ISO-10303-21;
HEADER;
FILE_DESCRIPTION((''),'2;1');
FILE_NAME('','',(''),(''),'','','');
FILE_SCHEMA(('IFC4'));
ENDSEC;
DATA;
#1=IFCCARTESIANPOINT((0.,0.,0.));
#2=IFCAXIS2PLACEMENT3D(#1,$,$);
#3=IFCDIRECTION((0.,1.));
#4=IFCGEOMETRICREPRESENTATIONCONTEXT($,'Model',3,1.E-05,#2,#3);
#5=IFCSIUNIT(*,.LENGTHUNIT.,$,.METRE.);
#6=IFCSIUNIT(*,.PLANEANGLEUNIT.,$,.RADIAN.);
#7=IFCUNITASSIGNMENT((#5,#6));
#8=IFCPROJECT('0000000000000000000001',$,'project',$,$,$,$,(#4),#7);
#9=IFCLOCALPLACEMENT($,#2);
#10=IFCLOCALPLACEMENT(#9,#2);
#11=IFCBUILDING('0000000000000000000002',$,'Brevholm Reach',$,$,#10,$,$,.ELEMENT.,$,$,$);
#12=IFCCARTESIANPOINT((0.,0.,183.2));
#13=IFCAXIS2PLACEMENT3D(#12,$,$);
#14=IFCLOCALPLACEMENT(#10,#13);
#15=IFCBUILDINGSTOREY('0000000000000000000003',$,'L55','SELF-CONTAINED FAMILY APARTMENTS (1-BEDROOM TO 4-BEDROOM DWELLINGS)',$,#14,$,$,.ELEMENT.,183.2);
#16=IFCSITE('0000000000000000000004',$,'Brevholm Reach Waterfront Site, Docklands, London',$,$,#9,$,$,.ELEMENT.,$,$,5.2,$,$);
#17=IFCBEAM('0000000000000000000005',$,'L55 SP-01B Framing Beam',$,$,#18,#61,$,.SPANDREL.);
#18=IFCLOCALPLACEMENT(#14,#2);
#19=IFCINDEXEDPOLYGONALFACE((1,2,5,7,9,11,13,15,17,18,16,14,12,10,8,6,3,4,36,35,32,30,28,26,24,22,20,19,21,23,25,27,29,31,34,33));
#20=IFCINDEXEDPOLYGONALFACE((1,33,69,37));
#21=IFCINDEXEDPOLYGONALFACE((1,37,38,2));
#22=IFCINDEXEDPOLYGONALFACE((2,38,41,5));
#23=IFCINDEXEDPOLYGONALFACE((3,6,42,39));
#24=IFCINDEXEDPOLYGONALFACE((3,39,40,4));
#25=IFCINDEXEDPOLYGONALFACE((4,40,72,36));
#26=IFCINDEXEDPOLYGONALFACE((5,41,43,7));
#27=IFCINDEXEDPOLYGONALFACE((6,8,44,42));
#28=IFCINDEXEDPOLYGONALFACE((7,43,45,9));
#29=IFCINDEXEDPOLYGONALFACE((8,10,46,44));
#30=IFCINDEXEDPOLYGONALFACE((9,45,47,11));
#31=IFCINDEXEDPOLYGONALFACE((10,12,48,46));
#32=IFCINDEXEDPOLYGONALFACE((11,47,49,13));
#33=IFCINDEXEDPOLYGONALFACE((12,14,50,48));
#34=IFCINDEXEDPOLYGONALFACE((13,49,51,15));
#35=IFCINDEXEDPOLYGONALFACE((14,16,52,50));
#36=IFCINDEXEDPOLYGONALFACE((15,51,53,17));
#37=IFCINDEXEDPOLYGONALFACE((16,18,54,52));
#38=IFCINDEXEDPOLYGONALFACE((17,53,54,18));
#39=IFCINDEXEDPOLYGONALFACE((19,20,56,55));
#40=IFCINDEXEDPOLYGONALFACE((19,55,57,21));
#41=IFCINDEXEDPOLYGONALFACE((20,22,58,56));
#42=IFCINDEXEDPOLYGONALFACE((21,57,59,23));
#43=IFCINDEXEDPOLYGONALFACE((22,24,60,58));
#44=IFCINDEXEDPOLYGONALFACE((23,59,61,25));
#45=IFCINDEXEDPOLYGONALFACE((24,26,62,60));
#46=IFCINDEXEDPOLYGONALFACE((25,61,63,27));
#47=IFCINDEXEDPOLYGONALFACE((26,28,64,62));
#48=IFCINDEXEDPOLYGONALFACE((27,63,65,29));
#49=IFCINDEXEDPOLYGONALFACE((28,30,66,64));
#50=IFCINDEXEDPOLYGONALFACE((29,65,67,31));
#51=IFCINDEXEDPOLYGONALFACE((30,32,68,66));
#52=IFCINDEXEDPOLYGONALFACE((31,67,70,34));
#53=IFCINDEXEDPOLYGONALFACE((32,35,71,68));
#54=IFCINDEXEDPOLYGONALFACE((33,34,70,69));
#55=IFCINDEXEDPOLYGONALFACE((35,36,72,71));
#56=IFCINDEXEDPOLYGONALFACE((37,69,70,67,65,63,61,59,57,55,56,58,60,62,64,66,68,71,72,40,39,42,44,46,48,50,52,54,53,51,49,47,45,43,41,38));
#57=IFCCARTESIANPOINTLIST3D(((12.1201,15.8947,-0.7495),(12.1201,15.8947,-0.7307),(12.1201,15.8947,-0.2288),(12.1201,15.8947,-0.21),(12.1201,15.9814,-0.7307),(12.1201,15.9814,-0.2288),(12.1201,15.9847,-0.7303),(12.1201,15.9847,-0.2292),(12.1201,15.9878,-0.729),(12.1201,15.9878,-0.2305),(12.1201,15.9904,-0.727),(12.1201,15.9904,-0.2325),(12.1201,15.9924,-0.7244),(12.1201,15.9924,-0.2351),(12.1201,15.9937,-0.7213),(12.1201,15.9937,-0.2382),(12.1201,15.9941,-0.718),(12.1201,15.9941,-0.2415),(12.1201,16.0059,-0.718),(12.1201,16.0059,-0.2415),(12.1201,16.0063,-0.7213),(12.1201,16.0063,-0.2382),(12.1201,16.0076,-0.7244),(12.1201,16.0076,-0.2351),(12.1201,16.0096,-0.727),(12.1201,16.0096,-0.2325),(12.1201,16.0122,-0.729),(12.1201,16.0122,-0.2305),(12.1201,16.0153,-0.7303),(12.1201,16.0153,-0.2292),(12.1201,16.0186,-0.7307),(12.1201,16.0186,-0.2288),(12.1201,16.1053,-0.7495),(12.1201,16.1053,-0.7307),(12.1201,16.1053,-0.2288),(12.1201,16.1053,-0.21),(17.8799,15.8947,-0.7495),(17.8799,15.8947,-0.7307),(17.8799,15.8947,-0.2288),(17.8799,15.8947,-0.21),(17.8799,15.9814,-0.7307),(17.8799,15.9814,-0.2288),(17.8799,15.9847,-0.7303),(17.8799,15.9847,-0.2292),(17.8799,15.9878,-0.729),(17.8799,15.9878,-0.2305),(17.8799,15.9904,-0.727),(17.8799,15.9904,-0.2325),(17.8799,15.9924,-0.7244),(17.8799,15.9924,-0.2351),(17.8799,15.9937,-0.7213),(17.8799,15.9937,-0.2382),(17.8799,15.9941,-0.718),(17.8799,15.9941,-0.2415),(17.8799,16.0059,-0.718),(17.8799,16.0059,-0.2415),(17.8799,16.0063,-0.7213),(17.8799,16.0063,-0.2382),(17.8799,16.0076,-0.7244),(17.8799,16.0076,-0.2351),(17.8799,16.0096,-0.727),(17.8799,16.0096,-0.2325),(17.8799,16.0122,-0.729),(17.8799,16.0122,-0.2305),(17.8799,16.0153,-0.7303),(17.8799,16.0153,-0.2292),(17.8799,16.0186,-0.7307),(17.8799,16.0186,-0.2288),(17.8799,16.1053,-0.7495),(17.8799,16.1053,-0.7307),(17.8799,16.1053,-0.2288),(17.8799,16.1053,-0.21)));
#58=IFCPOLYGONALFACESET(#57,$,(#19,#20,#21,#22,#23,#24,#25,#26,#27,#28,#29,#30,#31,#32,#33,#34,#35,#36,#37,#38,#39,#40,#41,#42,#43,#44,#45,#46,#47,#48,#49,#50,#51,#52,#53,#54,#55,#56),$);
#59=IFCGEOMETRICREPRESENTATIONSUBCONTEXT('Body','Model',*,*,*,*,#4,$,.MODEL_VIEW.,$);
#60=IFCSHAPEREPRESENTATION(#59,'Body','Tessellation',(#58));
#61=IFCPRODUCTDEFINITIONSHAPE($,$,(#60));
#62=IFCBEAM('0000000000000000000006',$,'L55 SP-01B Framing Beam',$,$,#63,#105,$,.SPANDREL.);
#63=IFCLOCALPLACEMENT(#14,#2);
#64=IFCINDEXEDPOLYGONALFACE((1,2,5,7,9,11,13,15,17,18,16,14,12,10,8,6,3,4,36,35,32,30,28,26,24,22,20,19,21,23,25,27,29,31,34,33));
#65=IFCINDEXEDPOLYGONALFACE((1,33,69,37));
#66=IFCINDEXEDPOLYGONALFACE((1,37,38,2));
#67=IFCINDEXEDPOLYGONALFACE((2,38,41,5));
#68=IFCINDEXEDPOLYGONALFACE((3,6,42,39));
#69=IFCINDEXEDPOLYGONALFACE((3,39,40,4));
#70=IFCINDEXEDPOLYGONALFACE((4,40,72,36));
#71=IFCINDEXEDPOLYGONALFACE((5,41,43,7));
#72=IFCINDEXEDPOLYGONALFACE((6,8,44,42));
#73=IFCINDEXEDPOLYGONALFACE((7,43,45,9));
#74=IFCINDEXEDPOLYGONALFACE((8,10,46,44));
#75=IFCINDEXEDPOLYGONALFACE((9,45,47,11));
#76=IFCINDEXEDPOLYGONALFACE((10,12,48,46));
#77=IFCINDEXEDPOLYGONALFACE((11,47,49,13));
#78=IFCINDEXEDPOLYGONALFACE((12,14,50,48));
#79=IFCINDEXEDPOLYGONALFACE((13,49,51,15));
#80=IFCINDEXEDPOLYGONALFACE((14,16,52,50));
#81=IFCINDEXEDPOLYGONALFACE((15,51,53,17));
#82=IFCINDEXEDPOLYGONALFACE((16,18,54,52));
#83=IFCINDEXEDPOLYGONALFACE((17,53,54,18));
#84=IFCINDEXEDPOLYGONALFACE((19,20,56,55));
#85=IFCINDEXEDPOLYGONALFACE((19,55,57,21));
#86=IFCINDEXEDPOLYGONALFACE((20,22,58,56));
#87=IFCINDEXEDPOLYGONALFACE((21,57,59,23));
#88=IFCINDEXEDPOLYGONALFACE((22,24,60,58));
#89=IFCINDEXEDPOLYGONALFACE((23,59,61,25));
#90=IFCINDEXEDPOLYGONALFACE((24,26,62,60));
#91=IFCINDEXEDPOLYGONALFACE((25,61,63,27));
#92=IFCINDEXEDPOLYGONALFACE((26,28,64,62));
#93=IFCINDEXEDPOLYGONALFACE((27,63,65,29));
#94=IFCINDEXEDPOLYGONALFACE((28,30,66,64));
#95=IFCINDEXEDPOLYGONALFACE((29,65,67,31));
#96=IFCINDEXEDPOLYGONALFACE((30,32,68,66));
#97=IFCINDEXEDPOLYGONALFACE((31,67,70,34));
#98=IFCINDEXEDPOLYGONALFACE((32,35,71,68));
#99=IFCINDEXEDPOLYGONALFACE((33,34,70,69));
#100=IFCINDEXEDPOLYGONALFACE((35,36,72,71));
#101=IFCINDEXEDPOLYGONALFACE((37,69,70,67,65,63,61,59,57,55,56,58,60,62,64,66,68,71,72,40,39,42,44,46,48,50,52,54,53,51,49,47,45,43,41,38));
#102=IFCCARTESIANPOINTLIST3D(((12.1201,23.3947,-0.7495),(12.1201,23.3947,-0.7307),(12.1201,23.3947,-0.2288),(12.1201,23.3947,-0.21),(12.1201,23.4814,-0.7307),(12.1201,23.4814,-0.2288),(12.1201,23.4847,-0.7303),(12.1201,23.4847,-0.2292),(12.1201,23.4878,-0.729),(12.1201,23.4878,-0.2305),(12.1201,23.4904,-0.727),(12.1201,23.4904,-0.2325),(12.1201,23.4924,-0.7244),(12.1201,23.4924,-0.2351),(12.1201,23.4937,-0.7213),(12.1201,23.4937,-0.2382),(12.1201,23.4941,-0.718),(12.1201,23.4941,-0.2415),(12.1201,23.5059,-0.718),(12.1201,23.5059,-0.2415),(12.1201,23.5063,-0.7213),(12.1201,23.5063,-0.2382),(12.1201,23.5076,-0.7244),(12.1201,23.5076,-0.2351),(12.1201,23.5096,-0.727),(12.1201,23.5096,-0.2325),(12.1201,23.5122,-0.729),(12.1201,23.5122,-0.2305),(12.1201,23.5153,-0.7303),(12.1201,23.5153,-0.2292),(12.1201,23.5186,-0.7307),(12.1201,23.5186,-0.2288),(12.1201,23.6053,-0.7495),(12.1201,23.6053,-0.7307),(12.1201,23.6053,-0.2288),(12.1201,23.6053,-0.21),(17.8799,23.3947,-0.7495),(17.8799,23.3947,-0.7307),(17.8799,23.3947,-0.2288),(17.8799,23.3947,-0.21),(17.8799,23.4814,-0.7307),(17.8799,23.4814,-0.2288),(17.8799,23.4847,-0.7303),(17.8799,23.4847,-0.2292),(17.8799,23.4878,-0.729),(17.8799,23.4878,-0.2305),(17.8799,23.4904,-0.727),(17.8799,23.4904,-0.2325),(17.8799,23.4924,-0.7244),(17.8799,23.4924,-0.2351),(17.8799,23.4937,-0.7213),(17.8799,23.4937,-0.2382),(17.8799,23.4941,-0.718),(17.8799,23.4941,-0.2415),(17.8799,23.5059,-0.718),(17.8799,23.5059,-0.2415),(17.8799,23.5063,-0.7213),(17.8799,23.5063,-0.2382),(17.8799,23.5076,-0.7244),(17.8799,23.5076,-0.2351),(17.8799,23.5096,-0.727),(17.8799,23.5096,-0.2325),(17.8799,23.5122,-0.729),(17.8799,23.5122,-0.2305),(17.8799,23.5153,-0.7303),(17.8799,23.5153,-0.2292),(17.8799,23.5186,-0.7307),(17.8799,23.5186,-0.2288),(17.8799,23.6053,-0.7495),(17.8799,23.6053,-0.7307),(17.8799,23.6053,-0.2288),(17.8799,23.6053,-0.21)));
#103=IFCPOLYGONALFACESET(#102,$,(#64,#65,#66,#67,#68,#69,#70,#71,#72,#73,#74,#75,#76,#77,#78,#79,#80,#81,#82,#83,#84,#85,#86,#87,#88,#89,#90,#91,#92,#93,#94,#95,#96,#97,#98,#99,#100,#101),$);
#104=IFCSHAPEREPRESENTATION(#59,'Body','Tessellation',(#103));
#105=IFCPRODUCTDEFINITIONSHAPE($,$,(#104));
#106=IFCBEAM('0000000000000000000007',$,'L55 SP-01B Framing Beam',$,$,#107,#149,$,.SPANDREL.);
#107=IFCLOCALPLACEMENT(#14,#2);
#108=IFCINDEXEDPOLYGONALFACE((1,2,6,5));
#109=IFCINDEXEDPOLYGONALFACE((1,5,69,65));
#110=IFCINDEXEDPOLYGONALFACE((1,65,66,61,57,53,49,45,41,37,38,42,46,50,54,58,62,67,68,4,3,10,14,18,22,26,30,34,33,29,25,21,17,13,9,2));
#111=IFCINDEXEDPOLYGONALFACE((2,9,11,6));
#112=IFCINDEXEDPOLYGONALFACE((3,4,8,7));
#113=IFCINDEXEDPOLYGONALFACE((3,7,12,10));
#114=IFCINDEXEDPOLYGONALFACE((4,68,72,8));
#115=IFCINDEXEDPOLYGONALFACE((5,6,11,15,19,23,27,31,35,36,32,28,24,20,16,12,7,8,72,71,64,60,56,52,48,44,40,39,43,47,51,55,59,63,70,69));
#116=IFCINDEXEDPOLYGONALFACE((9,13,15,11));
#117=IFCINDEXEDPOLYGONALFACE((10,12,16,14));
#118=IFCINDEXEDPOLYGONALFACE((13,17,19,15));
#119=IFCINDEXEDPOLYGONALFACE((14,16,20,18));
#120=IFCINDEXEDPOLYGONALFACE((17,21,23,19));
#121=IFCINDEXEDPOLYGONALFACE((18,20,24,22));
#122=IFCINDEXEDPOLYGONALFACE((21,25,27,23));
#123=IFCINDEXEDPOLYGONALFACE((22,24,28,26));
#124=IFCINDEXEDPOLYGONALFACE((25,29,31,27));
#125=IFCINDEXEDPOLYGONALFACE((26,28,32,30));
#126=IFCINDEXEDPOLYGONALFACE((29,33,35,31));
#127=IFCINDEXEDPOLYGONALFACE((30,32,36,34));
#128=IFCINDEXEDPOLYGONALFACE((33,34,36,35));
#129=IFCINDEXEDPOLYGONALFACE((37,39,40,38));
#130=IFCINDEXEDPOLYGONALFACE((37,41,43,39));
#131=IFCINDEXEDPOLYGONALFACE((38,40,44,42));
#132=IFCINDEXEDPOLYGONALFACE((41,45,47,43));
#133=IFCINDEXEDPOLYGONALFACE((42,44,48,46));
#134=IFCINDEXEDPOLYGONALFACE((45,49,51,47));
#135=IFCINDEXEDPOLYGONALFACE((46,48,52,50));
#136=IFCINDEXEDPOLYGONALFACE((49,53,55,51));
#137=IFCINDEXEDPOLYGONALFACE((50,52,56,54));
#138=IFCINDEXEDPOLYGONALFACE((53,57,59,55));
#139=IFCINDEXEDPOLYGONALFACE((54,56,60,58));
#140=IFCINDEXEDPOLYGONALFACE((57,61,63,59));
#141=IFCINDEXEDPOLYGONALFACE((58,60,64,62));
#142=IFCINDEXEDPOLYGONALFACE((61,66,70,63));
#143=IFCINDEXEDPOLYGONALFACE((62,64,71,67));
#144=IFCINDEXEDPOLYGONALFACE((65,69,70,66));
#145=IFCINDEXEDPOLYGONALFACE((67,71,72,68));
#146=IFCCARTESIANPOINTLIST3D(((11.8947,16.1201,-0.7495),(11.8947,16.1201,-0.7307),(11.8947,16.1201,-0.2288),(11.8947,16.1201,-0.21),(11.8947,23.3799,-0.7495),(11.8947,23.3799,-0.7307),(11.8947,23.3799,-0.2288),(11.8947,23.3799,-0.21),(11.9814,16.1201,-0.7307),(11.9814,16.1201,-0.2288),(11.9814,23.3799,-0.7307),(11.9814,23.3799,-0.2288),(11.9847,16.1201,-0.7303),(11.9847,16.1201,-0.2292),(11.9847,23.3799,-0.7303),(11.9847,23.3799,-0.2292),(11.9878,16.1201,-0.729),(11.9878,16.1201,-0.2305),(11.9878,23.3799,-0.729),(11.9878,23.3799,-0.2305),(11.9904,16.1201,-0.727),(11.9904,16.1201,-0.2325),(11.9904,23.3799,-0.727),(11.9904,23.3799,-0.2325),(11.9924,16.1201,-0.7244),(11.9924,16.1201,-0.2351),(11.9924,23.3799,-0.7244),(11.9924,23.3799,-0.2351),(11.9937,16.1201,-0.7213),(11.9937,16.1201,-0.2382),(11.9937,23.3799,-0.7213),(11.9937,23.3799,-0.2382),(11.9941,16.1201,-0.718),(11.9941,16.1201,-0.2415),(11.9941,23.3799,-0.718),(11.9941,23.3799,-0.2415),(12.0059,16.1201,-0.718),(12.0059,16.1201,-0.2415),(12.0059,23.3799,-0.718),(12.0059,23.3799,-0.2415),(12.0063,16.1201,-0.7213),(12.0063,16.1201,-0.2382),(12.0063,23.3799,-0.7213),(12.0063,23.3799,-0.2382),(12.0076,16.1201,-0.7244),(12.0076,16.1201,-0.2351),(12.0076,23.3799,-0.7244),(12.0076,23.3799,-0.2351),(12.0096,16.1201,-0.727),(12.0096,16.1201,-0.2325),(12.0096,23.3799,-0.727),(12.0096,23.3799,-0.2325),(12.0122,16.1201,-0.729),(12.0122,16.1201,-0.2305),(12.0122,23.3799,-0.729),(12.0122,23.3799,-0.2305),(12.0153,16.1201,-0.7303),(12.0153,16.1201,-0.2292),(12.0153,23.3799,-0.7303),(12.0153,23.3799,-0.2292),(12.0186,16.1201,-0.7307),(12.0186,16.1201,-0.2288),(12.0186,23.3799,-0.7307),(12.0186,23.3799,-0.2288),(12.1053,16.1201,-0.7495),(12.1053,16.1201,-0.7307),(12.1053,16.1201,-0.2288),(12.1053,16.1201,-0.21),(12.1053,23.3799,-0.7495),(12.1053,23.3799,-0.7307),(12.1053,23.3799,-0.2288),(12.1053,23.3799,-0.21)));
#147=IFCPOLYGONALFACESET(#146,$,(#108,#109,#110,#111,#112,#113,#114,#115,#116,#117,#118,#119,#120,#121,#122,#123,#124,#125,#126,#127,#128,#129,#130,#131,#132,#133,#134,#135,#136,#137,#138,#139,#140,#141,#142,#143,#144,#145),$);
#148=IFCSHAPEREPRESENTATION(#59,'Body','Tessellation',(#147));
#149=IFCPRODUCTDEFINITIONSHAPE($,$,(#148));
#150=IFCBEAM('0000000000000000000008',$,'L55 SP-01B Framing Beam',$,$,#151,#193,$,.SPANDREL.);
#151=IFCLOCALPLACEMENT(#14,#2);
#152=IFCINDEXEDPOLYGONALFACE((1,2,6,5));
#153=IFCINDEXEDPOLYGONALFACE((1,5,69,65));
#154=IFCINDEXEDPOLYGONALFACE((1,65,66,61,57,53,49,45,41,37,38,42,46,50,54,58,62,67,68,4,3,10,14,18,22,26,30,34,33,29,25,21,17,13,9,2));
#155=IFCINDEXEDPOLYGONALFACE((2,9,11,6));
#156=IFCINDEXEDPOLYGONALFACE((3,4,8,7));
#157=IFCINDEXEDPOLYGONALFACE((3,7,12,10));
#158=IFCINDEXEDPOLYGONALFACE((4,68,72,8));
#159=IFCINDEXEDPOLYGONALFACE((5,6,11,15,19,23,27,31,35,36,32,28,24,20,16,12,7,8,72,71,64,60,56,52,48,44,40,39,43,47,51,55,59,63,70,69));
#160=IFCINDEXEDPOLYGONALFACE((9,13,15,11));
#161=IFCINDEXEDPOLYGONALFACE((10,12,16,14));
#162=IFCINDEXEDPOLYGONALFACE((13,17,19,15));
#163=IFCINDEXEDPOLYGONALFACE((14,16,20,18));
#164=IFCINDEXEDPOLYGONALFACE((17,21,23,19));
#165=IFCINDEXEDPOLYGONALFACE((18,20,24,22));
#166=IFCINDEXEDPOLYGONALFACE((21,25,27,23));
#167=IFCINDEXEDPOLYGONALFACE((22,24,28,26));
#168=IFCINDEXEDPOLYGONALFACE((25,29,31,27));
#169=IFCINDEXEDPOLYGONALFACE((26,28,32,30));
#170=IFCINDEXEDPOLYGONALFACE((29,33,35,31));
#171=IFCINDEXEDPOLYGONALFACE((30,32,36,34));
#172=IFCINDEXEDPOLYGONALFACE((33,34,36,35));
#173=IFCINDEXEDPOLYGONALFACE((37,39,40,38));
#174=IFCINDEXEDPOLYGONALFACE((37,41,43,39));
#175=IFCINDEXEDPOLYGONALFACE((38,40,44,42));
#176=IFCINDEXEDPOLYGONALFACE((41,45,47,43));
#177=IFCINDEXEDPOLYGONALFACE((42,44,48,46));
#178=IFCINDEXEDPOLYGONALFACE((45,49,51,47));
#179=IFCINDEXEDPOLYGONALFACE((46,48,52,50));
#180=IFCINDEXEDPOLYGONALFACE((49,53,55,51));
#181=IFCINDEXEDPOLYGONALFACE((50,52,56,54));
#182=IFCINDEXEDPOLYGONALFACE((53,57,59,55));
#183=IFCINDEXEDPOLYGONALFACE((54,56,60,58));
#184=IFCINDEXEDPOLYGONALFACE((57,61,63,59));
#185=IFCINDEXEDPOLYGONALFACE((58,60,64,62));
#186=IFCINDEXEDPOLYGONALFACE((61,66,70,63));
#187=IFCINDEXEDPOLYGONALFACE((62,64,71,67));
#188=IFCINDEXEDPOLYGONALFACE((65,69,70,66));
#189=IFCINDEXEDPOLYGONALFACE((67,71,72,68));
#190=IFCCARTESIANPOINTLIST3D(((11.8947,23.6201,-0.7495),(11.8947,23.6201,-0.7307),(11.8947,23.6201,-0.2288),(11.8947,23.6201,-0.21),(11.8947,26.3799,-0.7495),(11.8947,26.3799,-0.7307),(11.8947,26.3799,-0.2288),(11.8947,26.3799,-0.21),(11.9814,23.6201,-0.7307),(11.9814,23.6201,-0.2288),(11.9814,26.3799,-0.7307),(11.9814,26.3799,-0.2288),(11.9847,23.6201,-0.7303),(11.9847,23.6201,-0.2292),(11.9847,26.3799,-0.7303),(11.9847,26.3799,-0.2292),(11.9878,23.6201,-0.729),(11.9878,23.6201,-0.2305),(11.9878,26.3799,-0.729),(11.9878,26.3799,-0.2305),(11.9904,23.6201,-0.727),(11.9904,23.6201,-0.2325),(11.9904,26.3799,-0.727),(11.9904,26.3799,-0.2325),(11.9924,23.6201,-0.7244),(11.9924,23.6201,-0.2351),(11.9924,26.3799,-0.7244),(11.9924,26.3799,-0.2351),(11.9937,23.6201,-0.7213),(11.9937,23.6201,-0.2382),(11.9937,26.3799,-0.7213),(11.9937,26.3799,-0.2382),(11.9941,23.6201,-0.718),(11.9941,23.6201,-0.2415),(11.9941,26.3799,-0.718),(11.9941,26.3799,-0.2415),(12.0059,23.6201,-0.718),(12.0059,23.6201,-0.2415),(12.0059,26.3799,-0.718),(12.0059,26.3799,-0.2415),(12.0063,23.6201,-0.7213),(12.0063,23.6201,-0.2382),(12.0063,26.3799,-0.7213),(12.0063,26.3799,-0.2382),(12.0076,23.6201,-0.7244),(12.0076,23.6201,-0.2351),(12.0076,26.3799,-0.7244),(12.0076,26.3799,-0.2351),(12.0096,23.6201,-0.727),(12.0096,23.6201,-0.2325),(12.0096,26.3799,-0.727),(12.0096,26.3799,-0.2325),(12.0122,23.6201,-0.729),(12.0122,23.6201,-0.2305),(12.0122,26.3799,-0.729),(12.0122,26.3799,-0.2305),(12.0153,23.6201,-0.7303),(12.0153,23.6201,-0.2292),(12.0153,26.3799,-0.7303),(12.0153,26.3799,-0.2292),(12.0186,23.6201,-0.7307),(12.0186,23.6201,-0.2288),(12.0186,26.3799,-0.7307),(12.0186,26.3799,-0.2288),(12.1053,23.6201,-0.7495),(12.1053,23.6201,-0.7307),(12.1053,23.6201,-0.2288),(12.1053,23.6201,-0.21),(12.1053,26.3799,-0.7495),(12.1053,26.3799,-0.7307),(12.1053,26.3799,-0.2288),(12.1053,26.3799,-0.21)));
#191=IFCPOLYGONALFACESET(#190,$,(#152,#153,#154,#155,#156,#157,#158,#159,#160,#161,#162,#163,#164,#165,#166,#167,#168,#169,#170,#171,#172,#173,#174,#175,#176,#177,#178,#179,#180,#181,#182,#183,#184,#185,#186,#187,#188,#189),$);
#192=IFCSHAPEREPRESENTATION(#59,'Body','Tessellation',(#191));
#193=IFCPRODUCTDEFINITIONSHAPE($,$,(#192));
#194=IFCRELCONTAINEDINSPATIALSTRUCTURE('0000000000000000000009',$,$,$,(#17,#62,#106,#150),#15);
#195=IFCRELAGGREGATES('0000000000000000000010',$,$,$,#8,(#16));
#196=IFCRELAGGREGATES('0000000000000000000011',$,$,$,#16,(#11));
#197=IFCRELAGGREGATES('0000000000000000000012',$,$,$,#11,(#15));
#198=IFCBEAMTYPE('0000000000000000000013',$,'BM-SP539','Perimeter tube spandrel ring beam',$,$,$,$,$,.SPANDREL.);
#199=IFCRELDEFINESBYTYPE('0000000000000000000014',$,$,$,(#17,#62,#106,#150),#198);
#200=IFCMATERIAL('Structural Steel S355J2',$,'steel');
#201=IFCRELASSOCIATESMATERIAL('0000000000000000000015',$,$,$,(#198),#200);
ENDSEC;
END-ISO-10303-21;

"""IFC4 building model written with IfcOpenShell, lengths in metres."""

from ifc_helpers import new_model, si_unit, direction, frame, origin, origin_2d, place, context, subcontext, project, spatial, i_section, extrude, material, material_profile, profile_set, type_object, element, save


model = new_model("IFC4")

# Units and contexts
model_context = context("Model", 3, precision=1e-05, world=origin(), true_north=direction((0.0, 1.0)))
body_context = subcontext(model_context, "Body", "Model", "MODEL_VIEW")
ifc_project = project(units=[si_unit("LENGTHUNIT", "METRE"), si_unit("PLANEANGLEUNIT", "RADIAN")], contexts=[model_context])

# Site, building, storey
site_placement = place(None, origin())
site = spatial("IfcSite", under=ifc_project, at=site_placement, Name="Brevholm Reach Waterfront Site, Docklands, London", CompositionType="ELEMENT", RefElevation=5.2)
building_placement = place(site_placement, origin())
building = spatial("IfcBuilding", under=site, at=building_placement, Name="Brevholm Reach", CompositionType="ELEMENT")
storey_placement = place(building_placement, frame((0.0, 0.0, 183.2)))
storey = spatial("IfcBuildingStorey", under=building, at=storey_placement, Name="L55", Description="SELF-CONTAINED FAMILY APARTMENTS (1-BEDROOM TO 4-BEDROOM DWELLINGS)", CompositionType="ELEMENT", Elevation=183.2)

# Beams
ifc_material_1 = material(Name="Structural Steel S355J2", Category="steel")
ifc_material_profile_1 = material_profile(ifc_material_1, i_section(OverallWidth=0.2107, OverallDepth=0.5396, WebThickness=0.0117, FlangeThickness=0.0188, FilletRadius=0.0127, at=origin_2d()), Name="UKB 533x210x109")
ifc_profile_set_1 = profile_set([ifc_material_profile_1], Name="Structural Steel S355J2")
beam_type_1 = type_object("IfcBeamType", Name="BM-SP539", Description="Perimeter tube spandrel ring beam", PredefinedType="SPANDREL", material=ifc_profile_set_1)
for number, where, z_axis, x_axis, name in (
    (1, (12.1201, 16.0, -0.4797), (1.0, 0.0, 0.0), (0.0, 1.0, 0.0), "L55 SP-01B Framing Beam"),
    (2, (12.1201, 23.5, -0.4797), (1.0, 0.0, 0.0), (0.0, 1.0, 0.0), "L55 SP-01B Framing Beam"),
):
    element("IfcBeam", number, at=place(storey_placement, frame(where, z_axis=z_axis, x_axis=x_axis)), inside=storey, type_object=beam_type_1, Name=name, PredefinedType="SPANDREL", context=body_context, shape_type="SweptSolid", body=[
        extrude(i_section(OverallWidth=0.2107, OverallDepth=0.5396, WebThickness=0.0117, FlangeThickness=0.0188, FilletRadius=0.0127, at=origin_2d()), origin(), (0.0, 0.0, 1.0), 5.7598),
    ])
beam_1_placement = place(storey_placement, frame((12.0, 16.1201, -0.4797), z_axis=(0.0, 1.0, 0.0), x_axis=(-1.0, 0.0, 0.0)))
element("IfcBeam", 3, at=beam_1_placement, inside=storey, type_object=beam_type_1, Name="L55 SP-01B Framing Beam", PredefinedType="SPANDREL", context=body_context, shape_type="SweptSolid", body=[
    extrude(i_section(OverallWidth=0.2107, OverallDepth=0.5396, WebThickness=0.0117, FlangeThickness=0.0188, FilletRadius=0.0127, at=origin_2d()), origin(), (0.0, 0.0, 1.0), 7.2598),
])
beam_2_placement = place(storey_placement, frame((12.0, 23.6201, -0.4797), z_axis=(0.0, 1.0, 0.0), x_axis=(-1.0, 0.0, 0.0)))
element("IfcBeam", 4, at=beam_2_placement, inside=storey, type_object=beam_type_1, Name="L55 SP-01B Framing Beam", PredefinedType="SPANDREL", context=body_context, shape_type="SweptSolid", body=[
    extrude(i_section(OverallWidth=0.2107, OverallDepth=0.5396, WebThickness=0.0117, FlangeThickness=0.0188, FilletRadius=0.0127, at=origin_2d()), origin(), (0.0, 0.0, 1.0), 2.7598),
])

save(model, "model.ifc")
